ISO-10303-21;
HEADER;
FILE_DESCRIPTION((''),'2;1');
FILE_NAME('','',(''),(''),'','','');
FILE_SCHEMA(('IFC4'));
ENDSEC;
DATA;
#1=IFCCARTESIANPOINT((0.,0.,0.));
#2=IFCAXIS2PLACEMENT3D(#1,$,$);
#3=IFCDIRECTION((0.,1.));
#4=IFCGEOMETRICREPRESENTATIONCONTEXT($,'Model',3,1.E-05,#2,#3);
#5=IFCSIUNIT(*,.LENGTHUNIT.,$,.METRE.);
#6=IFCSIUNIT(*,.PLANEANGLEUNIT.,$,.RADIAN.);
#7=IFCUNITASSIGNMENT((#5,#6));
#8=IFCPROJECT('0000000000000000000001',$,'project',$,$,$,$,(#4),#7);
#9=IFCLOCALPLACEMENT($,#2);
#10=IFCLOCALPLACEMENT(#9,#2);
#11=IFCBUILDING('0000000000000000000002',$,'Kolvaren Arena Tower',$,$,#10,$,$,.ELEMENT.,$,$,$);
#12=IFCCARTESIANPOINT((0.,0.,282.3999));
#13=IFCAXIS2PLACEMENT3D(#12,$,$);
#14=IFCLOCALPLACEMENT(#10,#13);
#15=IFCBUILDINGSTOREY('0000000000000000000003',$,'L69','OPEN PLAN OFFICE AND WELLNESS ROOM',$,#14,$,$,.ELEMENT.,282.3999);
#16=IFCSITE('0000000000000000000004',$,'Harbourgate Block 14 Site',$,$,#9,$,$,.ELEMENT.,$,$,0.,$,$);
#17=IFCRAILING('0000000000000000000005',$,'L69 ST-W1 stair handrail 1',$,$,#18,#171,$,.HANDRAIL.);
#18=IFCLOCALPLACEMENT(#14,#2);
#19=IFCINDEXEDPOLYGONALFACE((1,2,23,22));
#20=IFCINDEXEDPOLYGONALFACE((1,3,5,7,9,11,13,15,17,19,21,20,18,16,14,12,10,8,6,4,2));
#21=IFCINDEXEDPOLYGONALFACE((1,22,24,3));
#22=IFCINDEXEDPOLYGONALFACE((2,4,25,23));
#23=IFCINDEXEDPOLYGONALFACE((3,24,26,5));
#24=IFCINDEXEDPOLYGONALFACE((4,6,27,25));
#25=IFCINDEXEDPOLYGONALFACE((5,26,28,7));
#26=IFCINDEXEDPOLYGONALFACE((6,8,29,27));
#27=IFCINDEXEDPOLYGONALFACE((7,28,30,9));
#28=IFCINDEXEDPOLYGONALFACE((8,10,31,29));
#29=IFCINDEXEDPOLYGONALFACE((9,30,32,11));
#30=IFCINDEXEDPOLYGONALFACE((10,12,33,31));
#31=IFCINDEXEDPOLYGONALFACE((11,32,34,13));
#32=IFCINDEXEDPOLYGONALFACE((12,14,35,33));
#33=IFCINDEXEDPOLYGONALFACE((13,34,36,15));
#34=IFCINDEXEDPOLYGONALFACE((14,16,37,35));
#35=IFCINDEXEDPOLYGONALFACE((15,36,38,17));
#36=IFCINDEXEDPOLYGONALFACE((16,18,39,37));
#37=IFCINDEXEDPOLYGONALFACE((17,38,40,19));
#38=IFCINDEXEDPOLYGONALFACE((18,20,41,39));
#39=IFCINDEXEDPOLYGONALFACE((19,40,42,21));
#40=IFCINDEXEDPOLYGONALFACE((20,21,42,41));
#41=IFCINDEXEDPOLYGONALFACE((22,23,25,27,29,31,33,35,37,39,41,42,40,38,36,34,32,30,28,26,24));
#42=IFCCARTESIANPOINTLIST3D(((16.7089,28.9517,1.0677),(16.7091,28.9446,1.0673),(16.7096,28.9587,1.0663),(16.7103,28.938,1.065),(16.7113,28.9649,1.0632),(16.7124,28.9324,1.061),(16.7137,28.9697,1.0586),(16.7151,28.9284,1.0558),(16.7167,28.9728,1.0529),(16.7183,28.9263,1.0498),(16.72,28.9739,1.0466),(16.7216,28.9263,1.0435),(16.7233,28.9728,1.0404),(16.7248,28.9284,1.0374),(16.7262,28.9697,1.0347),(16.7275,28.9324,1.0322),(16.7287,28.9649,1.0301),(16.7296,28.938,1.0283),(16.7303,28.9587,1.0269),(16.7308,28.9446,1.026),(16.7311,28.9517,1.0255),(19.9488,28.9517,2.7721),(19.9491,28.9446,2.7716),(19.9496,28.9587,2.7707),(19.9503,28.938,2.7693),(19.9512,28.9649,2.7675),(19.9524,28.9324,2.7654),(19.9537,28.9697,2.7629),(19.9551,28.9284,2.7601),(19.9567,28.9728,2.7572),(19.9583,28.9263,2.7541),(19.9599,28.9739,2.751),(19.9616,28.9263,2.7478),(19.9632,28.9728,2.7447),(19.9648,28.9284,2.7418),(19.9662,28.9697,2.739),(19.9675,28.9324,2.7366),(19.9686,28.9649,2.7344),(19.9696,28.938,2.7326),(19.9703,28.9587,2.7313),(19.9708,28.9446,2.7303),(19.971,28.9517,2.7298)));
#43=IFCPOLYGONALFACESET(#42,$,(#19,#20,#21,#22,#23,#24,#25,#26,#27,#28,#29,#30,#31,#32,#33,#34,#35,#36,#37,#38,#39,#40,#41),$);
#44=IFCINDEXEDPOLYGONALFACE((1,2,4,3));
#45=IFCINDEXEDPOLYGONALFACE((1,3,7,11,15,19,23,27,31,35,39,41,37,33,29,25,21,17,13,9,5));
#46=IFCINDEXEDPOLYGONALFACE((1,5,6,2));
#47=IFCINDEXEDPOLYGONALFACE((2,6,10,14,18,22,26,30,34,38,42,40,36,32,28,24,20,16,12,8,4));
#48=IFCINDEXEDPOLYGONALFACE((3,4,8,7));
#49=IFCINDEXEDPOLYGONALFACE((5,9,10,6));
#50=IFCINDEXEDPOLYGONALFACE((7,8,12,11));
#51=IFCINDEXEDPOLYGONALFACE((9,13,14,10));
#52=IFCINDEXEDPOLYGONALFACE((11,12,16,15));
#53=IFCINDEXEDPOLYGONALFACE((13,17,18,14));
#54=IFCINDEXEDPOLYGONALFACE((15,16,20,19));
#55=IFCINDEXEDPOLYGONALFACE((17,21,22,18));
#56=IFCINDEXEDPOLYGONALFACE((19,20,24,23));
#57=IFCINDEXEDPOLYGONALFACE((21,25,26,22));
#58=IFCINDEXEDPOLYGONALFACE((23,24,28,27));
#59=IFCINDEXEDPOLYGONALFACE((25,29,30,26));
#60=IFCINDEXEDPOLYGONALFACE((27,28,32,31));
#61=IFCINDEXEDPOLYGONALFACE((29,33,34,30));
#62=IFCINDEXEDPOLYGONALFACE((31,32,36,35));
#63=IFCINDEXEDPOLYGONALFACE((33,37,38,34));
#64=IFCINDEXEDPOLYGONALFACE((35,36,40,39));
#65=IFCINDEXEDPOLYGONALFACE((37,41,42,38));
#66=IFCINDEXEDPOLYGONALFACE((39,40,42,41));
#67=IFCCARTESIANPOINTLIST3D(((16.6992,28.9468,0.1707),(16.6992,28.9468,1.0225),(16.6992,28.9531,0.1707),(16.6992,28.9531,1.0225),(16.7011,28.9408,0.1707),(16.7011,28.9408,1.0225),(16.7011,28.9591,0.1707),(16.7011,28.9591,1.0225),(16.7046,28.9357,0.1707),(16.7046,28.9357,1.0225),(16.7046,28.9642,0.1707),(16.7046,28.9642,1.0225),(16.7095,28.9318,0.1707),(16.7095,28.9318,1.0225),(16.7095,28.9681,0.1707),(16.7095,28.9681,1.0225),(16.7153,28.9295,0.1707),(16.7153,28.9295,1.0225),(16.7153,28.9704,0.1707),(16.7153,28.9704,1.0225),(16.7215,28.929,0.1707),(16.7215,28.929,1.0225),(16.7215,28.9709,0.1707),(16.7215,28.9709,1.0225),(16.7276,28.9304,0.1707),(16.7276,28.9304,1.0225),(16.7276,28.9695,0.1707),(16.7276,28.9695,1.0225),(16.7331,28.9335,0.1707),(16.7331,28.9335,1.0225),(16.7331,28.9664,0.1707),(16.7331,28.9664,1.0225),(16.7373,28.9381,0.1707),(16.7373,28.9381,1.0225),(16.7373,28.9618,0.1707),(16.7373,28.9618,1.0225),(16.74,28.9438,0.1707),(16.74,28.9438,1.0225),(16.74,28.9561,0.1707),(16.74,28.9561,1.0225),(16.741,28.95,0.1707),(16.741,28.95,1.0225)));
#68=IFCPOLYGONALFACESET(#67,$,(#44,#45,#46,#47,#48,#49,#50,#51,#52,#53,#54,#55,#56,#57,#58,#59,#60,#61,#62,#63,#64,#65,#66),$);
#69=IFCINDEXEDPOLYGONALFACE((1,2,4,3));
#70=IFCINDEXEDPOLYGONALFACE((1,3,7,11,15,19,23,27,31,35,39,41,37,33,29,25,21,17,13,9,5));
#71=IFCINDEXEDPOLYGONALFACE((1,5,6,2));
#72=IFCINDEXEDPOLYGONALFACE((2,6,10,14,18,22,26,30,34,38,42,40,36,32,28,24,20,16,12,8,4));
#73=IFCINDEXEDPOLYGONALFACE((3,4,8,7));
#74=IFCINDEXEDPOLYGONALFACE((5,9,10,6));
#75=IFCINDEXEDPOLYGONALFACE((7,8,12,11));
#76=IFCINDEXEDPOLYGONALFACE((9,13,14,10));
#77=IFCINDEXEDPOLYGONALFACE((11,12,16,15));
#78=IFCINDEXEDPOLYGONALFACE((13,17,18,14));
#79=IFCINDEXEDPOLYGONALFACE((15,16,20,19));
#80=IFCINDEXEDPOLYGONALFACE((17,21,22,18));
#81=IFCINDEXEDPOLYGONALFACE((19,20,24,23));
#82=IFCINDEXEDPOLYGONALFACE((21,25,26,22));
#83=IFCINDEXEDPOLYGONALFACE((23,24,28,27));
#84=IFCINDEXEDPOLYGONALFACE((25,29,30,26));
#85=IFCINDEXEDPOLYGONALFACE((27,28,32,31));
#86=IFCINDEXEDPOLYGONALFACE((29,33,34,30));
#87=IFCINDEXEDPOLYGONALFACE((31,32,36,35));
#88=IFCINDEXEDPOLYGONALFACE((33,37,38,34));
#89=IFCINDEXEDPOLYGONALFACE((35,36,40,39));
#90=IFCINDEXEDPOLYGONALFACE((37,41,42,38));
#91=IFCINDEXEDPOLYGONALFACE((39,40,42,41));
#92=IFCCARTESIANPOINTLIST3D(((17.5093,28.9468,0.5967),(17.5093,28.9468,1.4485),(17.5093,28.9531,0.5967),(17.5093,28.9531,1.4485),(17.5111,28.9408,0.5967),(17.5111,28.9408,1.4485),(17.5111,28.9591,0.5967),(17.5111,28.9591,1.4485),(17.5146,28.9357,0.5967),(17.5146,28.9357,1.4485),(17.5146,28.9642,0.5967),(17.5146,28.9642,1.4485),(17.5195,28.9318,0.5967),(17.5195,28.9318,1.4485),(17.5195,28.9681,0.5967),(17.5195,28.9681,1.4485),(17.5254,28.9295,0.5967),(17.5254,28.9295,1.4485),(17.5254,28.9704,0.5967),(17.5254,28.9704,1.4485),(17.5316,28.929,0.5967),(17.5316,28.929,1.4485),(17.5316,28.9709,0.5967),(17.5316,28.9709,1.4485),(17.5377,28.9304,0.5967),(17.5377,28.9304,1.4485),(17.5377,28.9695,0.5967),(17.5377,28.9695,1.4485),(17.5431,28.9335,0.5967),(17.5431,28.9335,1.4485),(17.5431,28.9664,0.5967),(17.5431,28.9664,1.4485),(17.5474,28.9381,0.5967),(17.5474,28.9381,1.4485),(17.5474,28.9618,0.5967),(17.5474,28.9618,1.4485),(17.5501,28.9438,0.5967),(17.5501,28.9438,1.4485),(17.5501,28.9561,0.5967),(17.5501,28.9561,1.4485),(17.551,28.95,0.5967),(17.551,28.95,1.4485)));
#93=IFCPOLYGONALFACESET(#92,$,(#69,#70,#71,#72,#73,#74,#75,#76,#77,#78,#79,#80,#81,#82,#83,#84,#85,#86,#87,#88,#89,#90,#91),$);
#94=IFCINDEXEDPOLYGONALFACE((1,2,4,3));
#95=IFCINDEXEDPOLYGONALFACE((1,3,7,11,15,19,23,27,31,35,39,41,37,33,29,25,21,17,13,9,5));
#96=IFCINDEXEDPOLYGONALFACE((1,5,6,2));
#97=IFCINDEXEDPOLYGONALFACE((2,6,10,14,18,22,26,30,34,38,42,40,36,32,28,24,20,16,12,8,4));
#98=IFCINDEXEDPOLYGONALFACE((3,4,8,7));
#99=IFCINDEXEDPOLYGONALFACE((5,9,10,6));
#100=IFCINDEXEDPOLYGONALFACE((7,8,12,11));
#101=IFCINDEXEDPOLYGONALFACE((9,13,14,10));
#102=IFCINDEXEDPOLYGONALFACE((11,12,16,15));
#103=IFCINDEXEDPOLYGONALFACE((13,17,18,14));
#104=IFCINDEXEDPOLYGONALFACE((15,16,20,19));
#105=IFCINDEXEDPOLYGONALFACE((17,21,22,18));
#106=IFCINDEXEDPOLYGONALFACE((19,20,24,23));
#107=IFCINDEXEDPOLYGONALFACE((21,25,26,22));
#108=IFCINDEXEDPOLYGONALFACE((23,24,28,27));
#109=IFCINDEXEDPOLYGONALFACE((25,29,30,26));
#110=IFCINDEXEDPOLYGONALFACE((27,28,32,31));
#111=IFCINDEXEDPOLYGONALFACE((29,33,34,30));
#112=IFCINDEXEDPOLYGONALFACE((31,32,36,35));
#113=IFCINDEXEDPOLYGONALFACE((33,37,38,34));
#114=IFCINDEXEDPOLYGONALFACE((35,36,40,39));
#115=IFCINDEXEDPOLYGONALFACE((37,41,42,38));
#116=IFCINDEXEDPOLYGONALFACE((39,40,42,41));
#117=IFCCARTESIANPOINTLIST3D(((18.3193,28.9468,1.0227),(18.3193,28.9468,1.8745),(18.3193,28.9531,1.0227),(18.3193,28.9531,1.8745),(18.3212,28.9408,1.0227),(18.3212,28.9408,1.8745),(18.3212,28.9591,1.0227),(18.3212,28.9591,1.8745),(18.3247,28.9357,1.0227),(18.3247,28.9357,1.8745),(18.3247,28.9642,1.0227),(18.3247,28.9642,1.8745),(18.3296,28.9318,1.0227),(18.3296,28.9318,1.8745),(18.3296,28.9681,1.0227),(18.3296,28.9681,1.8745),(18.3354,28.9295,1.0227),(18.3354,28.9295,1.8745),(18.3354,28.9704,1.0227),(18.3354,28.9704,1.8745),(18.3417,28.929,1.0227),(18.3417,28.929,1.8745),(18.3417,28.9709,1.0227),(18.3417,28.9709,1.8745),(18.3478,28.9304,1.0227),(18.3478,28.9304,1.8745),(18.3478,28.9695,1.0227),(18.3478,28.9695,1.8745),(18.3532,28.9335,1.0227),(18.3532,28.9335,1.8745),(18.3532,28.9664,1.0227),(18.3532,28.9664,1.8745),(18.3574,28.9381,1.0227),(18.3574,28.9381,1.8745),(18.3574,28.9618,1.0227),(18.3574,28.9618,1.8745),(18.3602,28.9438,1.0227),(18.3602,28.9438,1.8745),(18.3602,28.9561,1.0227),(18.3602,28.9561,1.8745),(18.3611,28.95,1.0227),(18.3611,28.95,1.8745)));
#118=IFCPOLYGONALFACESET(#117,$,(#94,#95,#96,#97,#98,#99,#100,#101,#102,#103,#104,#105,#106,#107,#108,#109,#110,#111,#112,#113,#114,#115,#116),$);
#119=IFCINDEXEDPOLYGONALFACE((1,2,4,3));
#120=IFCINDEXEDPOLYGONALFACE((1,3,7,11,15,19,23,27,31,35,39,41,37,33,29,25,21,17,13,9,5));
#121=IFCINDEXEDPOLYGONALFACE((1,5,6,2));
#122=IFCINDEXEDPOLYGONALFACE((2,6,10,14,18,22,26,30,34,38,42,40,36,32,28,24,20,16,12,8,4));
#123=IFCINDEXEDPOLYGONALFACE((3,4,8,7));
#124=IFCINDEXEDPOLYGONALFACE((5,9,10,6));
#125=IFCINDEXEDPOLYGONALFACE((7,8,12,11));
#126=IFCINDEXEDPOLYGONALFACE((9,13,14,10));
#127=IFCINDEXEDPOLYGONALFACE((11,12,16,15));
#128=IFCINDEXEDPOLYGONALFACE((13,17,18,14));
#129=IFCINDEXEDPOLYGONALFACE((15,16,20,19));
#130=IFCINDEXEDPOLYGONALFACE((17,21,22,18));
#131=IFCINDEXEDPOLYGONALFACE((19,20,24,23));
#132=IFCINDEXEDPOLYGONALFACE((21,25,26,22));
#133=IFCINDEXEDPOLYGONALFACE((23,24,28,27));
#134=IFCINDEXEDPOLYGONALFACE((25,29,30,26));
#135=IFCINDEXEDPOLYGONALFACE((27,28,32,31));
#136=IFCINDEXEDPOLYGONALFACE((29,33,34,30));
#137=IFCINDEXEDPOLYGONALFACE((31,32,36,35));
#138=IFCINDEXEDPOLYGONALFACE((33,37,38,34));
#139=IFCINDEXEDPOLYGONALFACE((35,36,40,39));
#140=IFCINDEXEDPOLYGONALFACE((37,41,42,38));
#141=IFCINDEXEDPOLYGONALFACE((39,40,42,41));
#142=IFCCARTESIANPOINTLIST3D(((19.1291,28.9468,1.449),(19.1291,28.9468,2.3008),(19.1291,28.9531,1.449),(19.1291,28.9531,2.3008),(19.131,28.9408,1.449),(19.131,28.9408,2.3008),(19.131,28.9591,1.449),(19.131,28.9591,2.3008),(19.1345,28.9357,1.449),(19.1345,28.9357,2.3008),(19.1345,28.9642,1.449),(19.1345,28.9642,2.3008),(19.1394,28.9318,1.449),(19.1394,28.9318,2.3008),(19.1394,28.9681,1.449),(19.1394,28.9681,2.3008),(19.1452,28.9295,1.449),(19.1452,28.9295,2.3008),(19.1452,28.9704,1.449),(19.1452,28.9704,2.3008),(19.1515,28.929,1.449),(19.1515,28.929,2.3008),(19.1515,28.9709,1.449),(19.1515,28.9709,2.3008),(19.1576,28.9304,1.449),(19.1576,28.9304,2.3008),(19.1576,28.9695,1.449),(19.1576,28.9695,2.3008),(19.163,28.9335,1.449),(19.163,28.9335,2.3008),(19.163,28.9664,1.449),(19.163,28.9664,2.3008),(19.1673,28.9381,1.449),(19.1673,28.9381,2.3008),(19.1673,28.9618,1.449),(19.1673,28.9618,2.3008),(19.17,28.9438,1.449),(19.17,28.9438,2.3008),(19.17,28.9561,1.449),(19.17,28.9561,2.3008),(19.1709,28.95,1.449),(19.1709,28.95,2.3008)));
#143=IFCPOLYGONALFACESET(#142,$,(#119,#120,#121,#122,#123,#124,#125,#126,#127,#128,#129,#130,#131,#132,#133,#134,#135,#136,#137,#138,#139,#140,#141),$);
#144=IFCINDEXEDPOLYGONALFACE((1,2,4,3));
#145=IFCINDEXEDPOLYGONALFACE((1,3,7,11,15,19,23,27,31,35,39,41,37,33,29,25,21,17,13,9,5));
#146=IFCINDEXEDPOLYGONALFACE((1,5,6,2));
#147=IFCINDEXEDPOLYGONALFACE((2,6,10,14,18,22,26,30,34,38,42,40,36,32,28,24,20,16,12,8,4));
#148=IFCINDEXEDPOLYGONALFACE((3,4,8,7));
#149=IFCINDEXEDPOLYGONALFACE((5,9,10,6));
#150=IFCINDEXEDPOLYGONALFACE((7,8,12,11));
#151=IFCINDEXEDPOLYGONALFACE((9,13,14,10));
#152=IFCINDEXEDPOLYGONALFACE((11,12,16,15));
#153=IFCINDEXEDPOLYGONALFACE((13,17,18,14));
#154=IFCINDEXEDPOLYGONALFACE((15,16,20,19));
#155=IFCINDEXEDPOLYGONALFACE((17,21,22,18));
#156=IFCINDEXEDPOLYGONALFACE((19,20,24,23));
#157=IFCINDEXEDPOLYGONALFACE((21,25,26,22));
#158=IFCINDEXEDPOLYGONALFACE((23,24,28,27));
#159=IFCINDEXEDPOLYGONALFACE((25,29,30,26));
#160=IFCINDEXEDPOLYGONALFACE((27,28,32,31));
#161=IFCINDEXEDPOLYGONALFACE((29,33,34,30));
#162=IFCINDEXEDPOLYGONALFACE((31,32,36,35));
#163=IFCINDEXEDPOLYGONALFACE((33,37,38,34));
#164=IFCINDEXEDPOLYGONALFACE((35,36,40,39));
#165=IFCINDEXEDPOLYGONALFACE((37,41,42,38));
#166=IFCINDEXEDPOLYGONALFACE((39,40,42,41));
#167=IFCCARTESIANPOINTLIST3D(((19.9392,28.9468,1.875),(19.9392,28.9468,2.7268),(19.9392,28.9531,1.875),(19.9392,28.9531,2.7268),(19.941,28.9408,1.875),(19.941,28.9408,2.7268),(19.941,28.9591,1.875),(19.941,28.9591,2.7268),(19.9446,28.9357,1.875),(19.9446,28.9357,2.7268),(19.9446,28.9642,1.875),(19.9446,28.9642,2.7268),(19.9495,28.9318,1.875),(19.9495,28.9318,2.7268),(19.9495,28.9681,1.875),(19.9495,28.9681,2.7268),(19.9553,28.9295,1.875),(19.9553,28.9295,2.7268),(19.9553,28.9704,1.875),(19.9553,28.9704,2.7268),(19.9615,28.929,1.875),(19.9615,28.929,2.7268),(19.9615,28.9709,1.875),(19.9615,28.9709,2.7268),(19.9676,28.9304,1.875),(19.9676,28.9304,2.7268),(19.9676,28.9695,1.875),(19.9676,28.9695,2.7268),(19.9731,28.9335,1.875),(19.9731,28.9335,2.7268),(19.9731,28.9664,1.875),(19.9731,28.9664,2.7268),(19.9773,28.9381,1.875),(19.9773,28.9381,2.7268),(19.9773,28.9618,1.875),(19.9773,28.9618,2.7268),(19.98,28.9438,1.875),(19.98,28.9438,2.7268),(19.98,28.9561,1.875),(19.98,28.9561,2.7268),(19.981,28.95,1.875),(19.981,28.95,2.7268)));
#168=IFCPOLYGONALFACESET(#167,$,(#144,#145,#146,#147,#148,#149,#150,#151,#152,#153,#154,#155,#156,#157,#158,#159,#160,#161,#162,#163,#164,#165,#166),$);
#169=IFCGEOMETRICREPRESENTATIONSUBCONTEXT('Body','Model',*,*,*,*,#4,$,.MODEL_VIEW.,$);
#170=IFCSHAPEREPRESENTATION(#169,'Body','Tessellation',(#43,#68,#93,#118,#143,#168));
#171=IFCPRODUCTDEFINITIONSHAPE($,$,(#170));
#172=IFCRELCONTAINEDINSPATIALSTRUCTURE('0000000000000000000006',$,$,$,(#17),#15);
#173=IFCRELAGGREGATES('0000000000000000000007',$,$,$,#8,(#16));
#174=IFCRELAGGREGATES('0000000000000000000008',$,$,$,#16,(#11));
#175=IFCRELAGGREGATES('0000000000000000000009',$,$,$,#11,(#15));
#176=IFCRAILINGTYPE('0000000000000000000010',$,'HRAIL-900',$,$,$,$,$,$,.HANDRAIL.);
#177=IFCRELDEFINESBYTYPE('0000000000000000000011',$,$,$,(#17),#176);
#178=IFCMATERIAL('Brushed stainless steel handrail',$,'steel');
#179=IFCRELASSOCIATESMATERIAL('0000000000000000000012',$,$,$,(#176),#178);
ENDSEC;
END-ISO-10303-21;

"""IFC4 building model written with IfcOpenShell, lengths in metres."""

from ifc_helpers import new_model, si_unit, direction, frame, origin, origin_2d, place, context, subcontext, project, spatial, circle, extrude, material, type_object, element, save


model = new_model("IFC4")

# Units and contexts
model_context = context("Model", 3, precision=1e-05, world=origin(), true_north=direction((0.0, 1.0)))
body_context = subcontext(model_context, "Body", "Model", "MODEL_VIEW")
ifc_project = project(units=[si_unit("LENGTHUNIT", "METRE"), si_unit("PLANEANGLEUNIT", "RADIAN")], contexts=[model_context])

# Site, building, storey
site_placement = place(None, origin())
site = spatial("IfcSite", under=ifc_project, at=site_placement, Name="Harbourgate Block 14 Site", CompositionType="ELEMENT", RefElevation=0.0)
building_placement = place(site_placement, origin())
building = spatial("IfcBuilding", under=site, at=building_placement, Name="Kolvaren Arena Tower", CompositionType="ELEMENT")
storey_placement = place(building_placement, frame((0.0, 0.0, 282.3999)))
storey = spatial("IfcBuildingStorey", under=building, at=storey_placement, Name="L69", Description="OPEN PLAN OFFICE AND WELLNESS ROOM", CompositionType="ELEMENT", Elevation=282.3999)

# Railing
ifc_material_1 = material(Name="Brushed stainless steel handrail", Category="steel")
railing_type_1 = type_object("IfcRailingType", Name="HRAIL-900", PredefinedType="HANDRAIL", material=ifc_material_1)
railing_1_placement = place(storey_placement, frame((16.72, 28.95, 0.1707)))
element("IfcRailing", 1, at=railing_1_placement, inside=storey, type_object=railing_type_1, Name="L69 ST-W1 stair handrail 1", PredefinedType="HANDRAIL", context=body_context, shape_type="SweptSolid", body=[
    extrude(circle(Radius=0.0239, at=origin_2d()), frame((0.0, 0.0, 0.876), z_axis=(0.885021, 0.0, 0.465551), x_axis=(0.0, 1.0, 0.0)), (0.0, 0.0, 1.0), 3.6609),
    extrude(circle(Radius=0.021, at=origin_2d()), origin(), (0.0, 0.0, 1.0), 0.8518),
    extrude(circle(Radius=0.021, at=origin_2d()), frame((0.8101, 0.0, 0.426)), (0.0, 0.0, 1.0), 0.8518),
    extrude(circle(Radius=0.021, at=origin_2d()), frame((1.6201, 0.0, 0.8521)), (0.0, 0.0, 1.0), 0.8518),
    extrude(circle(Radius=0.021, at=origin_2d()), frame((2.4299, 0.0, 1.2783)), (0.0, 0.0, 1.0), 0.8518),
    extrude(circle(Radius=0.021, at=origin_2d()), frame((3.24, 0.0, 1.7043)), (0.0, 0.0, 1.0), 0.8518),
])

save(model, "model.ifc")
